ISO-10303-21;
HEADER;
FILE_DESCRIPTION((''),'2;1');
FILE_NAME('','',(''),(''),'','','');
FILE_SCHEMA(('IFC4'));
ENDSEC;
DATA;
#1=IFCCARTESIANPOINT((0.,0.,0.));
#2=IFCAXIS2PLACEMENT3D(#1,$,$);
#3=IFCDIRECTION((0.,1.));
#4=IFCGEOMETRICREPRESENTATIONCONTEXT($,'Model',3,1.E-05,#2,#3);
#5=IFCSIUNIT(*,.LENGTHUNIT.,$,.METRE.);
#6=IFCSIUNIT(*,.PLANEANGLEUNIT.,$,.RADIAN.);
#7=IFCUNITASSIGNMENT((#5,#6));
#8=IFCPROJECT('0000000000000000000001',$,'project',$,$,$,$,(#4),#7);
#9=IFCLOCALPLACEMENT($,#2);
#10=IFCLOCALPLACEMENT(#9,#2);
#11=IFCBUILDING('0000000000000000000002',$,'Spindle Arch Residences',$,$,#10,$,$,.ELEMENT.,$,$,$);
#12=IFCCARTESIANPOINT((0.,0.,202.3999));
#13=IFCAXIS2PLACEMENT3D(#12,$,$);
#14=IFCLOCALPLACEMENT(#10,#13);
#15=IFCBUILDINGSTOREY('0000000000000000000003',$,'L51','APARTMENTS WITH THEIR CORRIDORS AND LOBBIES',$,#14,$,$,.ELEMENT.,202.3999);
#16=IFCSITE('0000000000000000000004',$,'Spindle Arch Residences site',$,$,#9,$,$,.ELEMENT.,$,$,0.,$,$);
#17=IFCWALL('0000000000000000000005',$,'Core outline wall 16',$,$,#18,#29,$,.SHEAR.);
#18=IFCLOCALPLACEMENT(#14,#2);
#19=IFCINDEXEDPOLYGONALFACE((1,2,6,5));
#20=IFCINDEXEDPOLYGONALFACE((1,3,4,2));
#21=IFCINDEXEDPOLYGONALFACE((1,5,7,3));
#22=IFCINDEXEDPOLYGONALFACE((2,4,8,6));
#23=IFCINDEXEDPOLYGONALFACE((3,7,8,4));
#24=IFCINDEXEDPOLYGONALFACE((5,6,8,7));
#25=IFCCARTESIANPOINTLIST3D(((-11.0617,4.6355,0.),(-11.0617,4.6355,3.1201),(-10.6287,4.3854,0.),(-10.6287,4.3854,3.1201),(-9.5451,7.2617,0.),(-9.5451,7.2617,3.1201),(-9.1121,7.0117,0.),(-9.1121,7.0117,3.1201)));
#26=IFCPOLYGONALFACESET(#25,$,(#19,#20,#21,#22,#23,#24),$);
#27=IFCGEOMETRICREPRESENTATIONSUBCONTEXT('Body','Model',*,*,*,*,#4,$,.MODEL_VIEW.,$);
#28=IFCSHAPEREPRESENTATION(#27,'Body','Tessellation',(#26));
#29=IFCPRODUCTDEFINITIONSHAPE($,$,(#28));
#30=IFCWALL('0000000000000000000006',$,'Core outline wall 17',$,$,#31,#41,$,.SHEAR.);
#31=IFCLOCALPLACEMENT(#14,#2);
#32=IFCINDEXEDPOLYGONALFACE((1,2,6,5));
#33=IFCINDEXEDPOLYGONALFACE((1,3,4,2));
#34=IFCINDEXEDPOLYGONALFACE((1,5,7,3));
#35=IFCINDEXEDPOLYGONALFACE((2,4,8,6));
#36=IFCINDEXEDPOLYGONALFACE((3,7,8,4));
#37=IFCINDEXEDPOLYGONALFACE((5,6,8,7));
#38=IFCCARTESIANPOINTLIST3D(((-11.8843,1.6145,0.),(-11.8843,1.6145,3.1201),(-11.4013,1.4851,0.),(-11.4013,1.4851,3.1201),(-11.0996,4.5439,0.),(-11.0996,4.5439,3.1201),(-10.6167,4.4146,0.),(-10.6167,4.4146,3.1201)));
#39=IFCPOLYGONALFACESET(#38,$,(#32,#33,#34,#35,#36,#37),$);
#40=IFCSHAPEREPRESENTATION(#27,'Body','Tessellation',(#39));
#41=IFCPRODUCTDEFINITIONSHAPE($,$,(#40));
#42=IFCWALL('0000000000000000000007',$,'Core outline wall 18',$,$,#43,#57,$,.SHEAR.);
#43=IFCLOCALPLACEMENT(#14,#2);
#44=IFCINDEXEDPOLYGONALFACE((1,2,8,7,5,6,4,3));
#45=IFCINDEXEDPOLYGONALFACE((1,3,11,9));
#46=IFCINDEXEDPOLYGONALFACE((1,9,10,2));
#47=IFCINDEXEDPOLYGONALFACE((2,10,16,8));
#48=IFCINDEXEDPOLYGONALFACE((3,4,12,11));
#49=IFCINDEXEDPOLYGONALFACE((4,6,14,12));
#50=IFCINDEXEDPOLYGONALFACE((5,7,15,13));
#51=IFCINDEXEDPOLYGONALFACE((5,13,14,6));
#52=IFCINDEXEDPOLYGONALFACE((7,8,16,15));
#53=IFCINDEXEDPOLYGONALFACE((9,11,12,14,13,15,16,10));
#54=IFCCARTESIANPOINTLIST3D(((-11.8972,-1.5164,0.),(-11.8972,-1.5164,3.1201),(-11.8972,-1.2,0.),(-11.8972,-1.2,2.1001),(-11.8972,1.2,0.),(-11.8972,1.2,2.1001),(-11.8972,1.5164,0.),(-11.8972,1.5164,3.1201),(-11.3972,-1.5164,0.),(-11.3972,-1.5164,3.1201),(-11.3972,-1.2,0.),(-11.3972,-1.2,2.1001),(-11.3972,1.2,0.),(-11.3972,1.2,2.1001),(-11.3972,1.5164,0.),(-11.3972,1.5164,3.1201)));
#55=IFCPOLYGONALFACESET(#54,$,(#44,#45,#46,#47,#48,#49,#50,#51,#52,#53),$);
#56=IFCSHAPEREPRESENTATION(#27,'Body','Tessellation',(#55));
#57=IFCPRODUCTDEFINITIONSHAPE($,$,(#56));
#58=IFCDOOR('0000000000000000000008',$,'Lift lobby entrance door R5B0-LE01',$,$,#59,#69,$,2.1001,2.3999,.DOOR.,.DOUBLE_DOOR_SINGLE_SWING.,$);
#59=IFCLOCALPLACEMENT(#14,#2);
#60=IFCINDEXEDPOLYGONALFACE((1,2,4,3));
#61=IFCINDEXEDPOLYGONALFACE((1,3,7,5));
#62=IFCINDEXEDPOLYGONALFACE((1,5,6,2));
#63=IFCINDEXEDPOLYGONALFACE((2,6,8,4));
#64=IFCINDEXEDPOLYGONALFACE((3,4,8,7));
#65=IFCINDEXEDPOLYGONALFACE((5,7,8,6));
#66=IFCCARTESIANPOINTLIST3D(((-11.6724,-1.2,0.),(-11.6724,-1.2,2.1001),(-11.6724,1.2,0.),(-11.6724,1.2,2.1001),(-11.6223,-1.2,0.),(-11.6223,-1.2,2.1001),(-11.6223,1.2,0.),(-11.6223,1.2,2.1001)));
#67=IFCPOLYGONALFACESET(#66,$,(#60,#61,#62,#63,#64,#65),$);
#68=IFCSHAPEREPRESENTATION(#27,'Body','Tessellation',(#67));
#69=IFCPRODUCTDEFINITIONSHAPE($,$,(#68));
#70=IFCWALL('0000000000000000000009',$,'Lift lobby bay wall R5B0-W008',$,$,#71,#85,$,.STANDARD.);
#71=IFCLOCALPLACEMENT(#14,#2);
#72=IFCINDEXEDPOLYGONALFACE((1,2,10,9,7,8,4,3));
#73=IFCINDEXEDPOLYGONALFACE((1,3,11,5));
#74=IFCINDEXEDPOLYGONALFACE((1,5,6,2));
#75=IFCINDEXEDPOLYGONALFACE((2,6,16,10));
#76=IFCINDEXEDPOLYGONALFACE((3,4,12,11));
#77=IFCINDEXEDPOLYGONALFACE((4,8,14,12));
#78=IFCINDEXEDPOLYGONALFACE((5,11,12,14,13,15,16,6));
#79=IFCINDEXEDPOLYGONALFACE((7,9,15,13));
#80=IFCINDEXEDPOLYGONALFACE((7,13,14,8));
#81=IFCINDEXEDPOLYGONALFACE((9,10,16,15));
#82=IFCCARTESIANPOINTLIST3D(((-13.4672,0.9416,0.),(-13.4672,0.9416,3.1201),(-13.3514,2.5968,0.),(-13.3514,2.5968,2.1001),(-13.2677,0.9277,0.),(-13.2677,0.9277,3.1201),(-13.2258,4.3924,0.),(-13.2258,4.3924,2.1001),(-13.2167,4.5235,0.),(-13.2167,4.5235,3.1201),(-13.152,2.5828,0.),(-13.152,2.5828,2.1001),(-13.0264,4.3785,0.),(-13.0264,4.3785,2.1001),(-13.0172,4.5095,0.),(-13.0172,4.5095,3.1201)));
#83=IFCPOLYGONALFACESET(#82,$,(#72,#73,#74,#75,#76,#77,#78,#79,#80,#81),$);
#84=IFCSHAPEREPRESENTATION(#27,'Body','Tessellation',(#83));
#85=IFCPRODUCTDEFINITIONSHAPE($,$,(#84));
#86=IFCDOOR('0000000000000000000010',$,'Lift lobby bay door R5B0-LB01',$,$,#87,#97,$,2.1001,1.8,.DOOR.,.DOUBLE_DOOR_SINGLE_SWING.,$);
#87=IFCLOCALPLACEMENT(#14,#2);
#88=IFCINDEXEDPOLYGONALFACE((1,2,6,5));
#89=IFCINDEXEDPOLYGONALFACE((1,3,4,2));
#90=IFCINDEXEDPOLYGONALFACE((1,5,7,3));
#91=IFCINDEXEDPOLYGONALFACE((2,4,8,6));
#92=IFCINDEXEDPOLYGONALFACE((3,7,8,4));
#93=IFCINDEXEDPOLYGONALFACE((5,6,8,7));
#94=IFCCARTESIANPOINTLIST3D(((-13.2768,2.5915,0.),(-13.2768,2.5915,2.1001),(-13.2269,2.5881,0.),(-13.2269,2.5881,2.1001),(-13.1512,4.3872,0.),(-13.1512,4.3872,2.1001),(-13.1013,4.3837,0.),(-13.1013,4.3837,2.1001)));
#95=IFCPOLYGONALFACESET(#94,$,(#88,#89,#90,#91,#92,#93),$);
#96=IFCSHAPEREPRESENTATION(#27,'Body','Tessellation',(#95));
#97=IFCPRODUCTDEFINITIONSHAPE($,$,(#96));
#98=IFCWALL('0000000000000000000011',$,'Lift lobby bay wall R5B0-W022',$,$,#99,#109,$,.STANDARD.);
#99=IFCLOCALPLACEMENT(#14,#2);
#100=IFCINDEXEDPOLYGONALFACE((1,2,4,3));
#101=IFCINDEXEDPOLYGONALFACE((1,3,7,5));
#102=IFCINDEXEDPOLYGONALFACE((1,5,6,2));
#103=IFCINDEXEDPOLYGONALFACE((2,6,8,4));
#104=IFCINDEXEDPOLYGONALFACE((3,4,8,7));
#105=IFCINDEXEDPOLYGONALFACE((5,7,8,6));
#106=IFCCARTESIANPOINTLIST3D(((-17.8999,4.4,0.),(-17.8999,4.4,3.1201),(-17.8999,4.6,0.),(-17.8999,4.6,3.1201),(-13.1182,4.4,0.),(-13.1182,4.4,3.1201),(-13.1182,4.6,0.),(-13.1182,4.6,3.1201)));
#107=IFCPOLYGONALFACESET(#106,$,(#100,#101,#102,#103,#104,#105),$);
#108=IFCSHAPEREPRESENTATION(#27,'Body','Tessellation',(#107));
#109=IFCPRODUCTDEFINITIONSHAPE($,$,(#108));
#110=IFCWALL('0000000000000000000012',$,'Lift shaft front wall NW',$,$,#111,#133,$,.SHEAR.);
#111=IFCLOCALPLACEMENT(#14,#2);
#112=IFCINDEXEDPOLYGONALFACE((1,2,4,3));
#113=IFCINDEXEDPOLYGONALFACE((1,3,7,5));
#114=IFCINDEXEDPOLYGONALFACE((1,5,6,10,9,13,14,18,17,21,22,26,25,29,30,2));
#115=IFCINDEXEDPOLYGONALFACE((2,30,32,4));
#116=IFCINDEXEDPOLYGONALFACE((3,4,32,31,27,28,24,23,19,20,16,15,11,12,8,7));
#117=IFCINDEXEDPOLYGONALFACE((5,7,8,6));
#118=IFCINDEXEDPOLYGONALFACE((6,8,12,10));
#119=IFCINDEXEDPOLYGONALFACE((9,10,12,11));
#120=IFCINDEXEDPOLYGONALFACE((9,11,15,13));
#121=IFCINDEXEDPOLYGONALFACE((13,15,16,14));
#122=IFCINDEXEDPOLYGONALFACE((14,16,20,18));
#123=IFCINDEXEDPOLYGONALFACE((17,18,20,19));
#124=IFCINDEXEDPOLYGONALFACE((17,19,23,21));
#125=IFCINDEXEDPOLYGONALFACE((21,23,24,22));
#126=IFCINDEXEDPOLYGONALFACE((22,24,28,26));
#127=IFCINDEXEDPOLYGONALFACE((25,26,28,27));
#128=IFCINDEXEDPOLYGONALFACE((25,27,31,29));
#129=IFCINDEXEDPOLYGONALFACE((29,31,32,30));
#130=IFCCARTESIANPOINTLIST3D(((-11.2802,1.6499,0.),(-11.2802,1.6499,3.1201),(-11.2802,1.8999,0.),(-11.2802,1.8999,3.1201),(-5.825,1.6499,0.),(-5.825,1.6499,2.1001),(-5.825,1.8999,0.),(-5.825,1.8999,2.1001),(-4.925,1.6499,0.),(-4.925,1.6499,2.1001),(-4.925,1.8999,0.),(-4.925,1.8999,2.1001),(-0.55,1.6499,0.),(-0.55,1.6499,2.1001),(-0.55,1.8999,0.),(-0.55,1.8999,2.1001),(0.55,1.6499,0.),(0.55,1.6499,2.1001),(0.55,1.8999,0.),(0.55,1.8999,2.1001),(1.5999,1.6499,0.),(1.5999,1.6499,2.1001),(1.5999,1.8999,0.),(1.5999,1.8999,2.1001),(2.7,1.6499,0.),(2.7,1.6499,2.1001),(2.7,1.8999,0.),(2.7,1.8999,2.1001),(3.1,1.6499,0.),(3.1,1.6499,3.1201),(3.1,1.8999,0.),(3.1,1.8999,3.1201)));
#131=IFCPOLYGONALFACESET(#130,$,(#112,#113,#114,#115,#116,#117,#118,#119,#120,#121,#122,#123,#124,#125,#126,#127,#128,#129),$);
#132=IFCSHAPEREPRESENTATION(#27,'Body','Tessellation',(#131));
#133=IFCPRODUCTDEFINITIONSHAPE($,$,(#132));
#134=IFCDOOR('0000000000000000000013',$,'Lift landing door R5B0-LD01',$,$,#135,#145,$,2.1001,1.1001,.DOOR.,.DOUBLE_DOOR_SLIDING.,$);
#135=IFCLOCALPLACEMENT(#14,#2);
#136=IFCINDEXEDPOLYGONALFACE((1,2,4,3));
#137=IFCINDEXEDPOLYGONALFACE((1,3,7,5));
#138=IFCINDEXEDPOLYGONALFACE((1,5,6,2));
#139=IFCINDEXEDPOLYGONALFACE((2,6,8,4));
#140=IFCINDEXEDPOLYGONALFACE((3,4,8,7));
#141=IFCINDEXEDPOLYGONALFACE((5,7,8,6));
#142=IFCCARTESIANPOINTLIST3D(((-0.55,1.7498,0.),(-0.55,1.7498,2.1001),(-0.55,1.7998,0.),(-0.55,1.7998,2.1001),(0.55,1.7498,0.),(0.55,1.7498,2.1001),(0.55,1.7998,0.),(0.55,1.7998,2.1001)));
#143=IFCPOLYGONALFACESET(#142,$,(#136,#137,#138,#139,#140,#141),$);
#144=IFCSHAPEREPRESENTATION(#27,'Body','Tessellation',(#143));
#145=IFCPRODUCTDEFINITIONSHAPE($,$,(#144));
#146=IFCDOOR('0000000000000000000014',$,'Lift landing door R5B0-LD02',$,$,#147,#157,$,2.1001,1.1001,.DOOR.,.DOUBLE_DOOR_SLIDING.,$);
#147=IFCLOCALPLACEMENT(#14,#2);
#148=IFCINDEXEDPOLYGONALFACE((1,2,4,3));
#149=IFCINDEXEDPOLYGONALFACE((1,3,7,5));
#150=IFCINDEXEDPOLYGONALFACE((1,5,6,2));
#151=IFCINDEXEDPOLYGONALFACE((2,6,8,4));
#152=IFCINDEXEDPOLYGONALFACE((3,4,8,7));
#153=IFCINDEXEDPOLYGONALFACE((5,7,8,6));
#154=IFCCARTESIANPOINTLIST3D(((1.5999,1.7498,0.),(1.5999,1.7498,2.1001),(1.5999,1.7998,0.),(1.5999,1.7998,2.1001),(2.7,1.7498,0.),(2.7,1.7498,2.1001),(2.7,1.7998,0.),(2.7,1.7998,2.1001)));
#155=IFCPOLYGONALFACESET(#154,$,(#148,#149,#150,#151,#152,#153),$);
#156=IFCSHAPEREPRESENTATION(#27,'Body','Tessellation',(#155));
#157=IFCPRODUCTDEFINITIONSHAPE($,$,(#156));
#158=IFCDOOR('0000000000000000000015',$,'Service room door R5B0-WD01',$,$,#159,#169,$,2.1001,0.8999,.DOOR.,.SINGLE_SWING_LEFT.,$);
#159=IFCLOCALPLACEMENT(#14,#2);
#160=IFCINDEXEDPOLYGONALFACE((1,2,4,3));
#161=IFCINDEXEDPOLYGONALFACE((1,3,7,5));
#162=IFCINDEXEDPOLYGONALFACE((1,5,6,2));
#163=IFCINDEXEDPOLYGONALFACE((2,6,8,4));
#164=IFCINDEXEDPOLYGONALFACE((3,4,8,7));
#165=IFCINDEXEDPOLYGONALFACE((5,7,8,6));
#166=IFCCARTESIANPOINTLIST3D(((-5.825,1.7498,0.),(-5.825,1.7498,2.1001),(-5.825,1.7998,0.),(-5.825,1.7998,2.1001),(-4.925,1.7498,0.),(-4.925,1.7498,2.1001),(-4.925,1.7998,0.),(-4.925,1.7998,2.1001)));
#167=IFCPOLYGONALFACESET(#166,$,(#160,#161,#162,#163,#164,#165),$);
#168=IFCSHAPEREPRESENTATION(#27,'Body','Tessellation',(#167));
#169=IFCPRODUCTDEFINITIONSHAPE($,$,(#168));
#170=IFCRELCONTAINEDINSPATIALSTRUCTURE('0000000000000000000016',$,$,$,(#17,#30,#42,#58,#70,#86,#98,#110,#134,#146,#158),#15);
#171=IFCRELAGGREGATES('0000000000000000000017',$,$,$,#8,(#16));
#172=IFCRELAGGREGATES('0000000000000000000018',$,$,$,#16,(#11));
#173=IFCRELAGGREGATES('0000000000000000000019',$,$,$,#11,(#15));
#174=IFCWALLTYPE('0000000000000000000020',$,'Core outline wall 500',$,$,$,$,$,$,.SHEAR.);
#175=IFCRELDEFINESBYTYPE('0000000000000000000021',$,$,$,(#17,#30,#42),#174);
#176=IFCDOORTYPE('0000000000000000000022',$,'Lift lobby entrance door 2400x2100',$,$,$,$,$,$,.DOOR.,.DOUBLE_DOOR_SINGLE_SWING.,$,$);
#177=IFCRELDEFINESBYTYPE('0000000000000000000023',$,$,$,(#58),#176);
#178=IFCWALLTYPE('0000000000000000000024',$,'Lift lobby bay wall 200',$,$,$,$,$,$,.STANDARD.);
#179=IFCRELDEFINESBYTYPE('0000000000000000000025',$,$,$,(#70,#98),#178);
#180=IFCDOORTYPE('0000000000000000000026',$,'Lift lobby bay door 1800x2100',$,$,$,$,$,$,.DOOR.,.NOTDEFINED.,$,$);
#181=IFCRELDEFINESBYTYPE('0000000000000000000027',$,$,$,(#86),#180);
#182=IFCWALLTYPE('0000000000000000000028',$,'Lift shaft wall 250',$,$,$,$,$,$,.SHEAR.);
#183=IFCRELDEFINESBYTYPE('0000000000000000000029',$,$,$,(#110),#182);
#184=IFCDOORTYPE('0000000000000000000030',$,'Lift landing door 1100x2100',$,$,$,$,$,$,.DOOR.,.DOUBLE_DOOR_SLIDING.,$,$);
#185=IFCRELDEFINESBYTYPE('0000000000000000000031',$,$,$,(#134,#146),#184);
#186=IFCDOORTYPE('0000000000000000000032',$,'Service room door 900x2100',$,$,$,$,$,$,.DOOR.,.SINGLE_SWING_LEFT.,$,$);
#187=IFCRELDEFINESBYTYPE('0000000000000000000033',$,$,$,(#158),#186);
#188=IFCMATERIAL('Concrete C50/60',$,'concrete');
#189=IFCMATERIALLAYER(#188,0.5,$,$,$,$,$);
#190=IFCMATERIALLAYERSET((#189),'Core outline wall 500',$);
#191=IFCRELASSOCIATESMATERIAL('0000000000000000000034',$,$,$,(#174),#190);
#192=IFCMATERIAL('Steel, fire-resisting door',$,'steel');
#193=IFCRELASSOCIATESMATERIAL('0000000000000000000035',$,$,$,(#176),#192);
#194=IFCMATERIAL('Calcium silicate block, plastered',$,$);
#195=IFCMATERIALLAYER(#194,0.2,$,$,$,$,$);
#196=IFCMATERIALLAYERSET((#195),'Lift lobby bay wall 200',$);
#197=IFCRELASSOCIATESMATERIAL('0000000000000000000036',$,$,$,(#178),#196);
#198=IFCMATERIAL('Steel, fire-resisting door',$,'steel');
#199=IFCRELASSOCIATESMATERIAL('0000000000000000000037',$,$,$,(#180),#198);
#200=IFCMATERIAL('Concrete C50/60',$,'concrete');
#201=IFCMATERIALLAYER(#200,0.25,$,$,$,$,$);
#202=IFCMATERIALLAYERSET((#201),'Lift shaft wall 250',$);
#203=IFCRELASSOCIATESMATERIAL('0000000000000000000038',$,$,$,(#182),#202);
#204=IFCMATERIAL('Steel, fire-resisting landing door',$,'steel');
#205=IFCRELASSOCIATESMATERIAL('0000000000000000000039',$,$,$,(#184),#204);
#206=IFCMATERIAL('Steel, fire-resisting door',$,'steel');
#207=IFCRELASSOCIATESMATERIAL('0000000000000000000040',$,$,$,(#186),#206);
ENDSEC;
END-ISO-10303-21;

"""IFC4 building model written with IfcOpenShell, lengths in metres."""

from ifc_helpers import new_model, si_unit, direction, frame, frame_2d, origin, place, context, subcontext, project, spatial, rectangle, extrude, material, layer, layer_set, type_object, element, fill, save


model = new_model("IFC4")

# Units and contexts
model_context = context("Model", 3, precision=1e-05, world=origin(), true_north=direction((0.0, 1.0)))
body_context = subcontext(model_context, "Body", "Model", "MODEL_VIEW")
ifc_project = project(units=[si_unit("LENGTHUNIT", "METRE"), si_unit("PLANEANGLEUNIT", "RADIAN")], contexts=[model_context])

# Site, building, storey
site_placement = place(None, origin())
site = spatial("IfcSite", under=ifc_project, at=site_placement, Name="Spindle Arch Residences site", CompositionType="ELEMENT", RefElevation=0.0)
building_placement = place(site_placement, origin())
building = spatial("IfcBuilding", under=site, at=building_placement, Name="Spindle Arch Residences", CompositionType="ELEMENT")
storey_placement = place(building_placement, frame((0.0, 0.0, 202.3999)))
storey = spatial("IfcBuildingStorey", under=building, at=storey_placement, Name="L51", Description="APARTMENTS WITH THEIR CORRIDORS AND LOBBIES", CompositionType="ELEMENT", Elevation=202.3999)

# Walls
ifc_material_1 = material(Name="Concrete C50/60", Category="concrete")
ifc_layer_1 = layer(ifc_material_1, 0.5)
ifc_layer_set_1 = layer_set([ifc_layer_1], Name="Core outline wall 500")
wall_type_1 = type_object("IfcWallType", Name="Core outline wall 500", PredefinedType="SHEAR", material=ifc_layer_set_1)
for number, where, z_axis, x_axis, name in (
    (1, (-9.3286, 7.1367, 0.0), (0.0, 0.0, 1.0), (-0.500087, -0.865975, 0.0), "Core outline wall 16"),
    (2, (-10.8582, 4.4792, 0.0), (0.0, 0.0, 1.0), (-0.258735, -0.965948, 0.0), "Core outline wall 17"),
):
    element("IfcWall", number, at=place(storey_placement, frame(where, z_axis=z_axis, x_axis=x_axis)), inside=storey, type_object=wall_type_1, Name=name, PredefinedType="SHEAR", context=body_context, shape_type="SweptSolid", body=[
        extrude(rectangle(XDim=3.0327, YDim=0.5, at=frame_2d((1.5164, 0.0))), origin(), (0.0, 0.0, 1.0), 3.1201),
    ])

# Walls, openings, doors
wall_1_placement = place(storey_placement, frame((-11.6472, 1.5164, 0.0), z_axis=(0.0, 0.0, 1.0), x_axis=(0.0, -1.0, 0.0)))
wall_1 = element("IfcWall", 3, at=wall_1_placement, inside=storey, type_object=wall_type_1, Name="Core outline wall 18", PredefinedType="SHEAR", context=body_context, shape_type="SweptSolid", body=[
    extrude(rectangle(XDim=3.0327, YDim=0.5, at=frame_2d((1.5164, 0.0))), origin(), (0.0, 0.0, 1.0), 3.1201),
])
opening_1_placement = place(wall_1_placement, frame((0.3164, 0.0, 0.0)))
opening_1 = element("IfcOpeningElement", 4, at=opening_1_placement, cuts=wall_1, PredefinedType="OPENING", context=body_context, shape_type="SweptSolid", body=[
    extrude(rectangle(XDim=2.3999, YDim=2.1001, at=frame_2d((1.2, 1.05))), frame((0.0, 0.26, 0.0), z_axis=(0.0, -1.0, 0.0), x_axis=(1.0, 0.0, 0.0)), (0.0, 0.0, 1.0), 0.52),
])
ifc_material_2 = material(Name="Steel, fire-resisting door", Category="steel")
door_type_1 = type_object("IfcDoorType", Name="Lift lobby entrance door 2400x2100", OperationType="DOUBLE_DOOR_SINGLE_SWING", PredefinedType="DOOR", material=ifc_material_2)
door_1_placement = place(opening_1_placement, origin())
door_1 = element("IfcDoor", 5, at=door_1_placement, inside=storey, type_object=door_type_1, Name="Lift lobby entrance door R5B0-LE01", OperationType="DOUBLE_DOOR_SINGLE_SWING", OverallHeight=2.1001, OverallWidth=2.3999, PredefinedType="DOOR", context=body_context, shape_type="SweptSolid", body=[
    extrude(rectangle(XDim=2.3999, YDim=2.1001, at=frame_2d((1.2, 1.05))), frame((0.0, 0.0249, 0.0), z_axis=(0.0, -1.0, 0.0), x_axis=(1.0, 0.0, 0.0)), (0.0, 0.0, 1.0), 0.05),
])
fill(opening_1, door_1)
ifc_material_3 = material(Name="Calcium silicate block, plastered")
ifc_layer_2 = layer(ifc_material_3, 0.2)
ifc_layer_set_2 = layer_set([ifc_layer_2], Name="Lift lobby bay wall 200")
wall_type_2 = type_object("IfcWallType", Name="Lift lobby bay wall 200", PredefinedType="STANDARD", material=ifc_layer_set_2)
wall_2_placement = place(storey_placement, frame((-13.1169, 4.5166, 0.0), z_axis=(0.0, 0.0, 1.0), x_axis=(-0.069763, -0.997564, 0.0)))
wall_2 = element("IfcWall", 6, at=wall_2_placement, inside=storey, type_object=wall_type_2, Name="Lift lobby bay wall R5B0-W008", PredefinedType="STANDARD", context=body_context, shape_type="SweptSolid", body=[
    extrude(rectangle(XDim=3.5906, YDim=0.2, at=frame_2d((1.7954, 0.0))), origin(), (0.0, 0.0, 1.0), 3.1201),
])
opening_2_placement = place(wall_2_placement, frame((0.1316, 0.0, 0.0)))
opening_2 = element("IfcOpeningElement", 7, at=opening_2_placement, cuts=wall_2, PredefinedType="OPENING", context=body_context, shape_type="SweptSolid", body=[
    extrude(rectangle(XDim=1.8, YDim=2.1001, at=frame_2d((0.8999, 1.05))), frame((0.0, 0.1099, 0.0), z_axis=(0.0, -1.0, 0.0), x_axis=(1.0, 0.0, 0.0)), (0.0, 0.0, 1.0), 0.22),
])
ifc_material_4 = material(Name="Steel, fire-resisting door", Category="steel")
door_type_2 = type_object("IfcDoorType", Name="Lift lobby bay door 1800x2100", OperationType="NOTDEFINED", PredefinedType="DOOR", material=ifc_material_4)
door_2_placement = place(opening_2_placement, origin())
door_2 = element("IfcDoor", 8, at=door_2_placement, inside=storey, type_object=door_type_2, Name="Lift lobby bay door R5B0-LB01", OperationType="DOUBLE_DOOR_SINGLE_SWING", OverallHeight=2.1001, OverallWidth=1.8, PredefinedType="DOOR", context=body_context, shape_type="SweptSolid", body=[
    extrude(rectangle(XDim=1.8, YDim=2.1001, at=frame_2d((0.8999, 1.05))), frame((0.0, 0.0249, 0.0), z_axis=(0.0, -1.0, 0.0), x_axis=(1.0, 0.0, 0.0)), (0.0, 0.0, 1.0), 0.05),
])
fill(opening_2, door_2)

# Wall
wall_3_placement = place(storey_placement, frame((-13.1182, 4.5, 0.0), z_axis=(0.0, 0.0, 1.0), x_axis=(-1.0, 0.0, 0.0)))
element("IfcWall", 9, at=wall_3_placement, inside=storey, type_object=wall_type_2, Name="Lift lobby bay wall R5B0-W022", PredefinedType="STANDARD", context=body_context, shape_type="SweptSolid", body=[
    extrude(rectangle(XDim=4.7817, YDim=0.2, at=frame_2d((2.3909, 0.0))), origin(), (0.0, 0.0, 1.0), 3.1201),
])

# Wall, openings, doors
ifc_material_5 = material(Name="Concrete C50/60", Category="concrete")
ifc_layer_3 = layer(ifc_material_5, 0.25)
ifc_layer_set_3 = layer_set([ifc_layer_3], Name="Lift shaft wall 250")
wall_type_3 = type_object("IfcWallType", Name="Lift shaft wall 250", PredefinedType="SHEAR", material=ifc_layer_set_3)
wall_4_placement = place(storey_placement, frame((-11.28, 1.7749, 0.0), z_axis=(0.0, 0.0, 1.0), x_axis=(1.0, 0.0, 0.0)))
wall_4 = element("IfcWall", 10, at=wall_4_placement, inside=storey, type_object=wall_type_3, Name="Lift shaft front wall NW", PredefinedType="SHEAR", context=body_context, shape_type="SweptSolid", body=[
    extrude(rectangle(XDim=14.3801, YDim=0.25, at=frame_2d((7.1899, 0.0))), origin(), (0.0, 0.0, 1.0), 3.1201),
])
opening_3_placement = place(wall_4_placement, frame((10.73, 0.0, 0.0)))
opening_3 = element("IfcOpeningElement", 11, at=opening_3_placement, cuts=wall_4, PredefinedType="OPENING", context=body_context, shape_type="SweptSolid", body=[
    extrude(rectangle(XDim=1.1001, YDim=2.1001, at=frame_2d((0.55, 1.05))), frame((0.0, 0.135, 0.0), z_axis=(0.0, -1.0, 0.0), x_axis=(1.0, 0.0, 0.0)), (0.0, 0.0, 1.0), 0.27),
])
opening_4_placement = place(wall_4_placement, frame((12.8799, 0.0, 0.0)))
opening_4 = element("IfcOpeningElement", 12, at=opening_4_placement, cuts=wall_4, PredefinedType="OPENING", context=body_context, shape_type="SweptSolid", body=[
    extrude(rectangle(XDim=1.1001, YDim=2.1001, at=frame_2d((0.55, 1.05))), frame((0.0, 0.135, 0.0), z_axis=(0.0, -1.0, 0.0), x_axis=(1.0, 0.0, 0.0)), (0.0, 0.0, 1.0), 0.27),
])
opening_5_placement = place(wall_4_placement, frame((5.4551, 0.0, 0.0)))
opening_5 = element("IfcOpeningElement", 13, at=opening_5_placement, cuts=wall_4, PredefinedType="OPENING", context=body_context, shape_type="SweptSolid", body=[
    extrude(rectangle(XDim=0.8999, YDim=2.1001, at=frame_2d((0.45, 1.05))), frame((0.0, 0.135, 0.0), z_axis=(0.0, -1.0, 0.0), x_axis=(1.0, 0.0, 0.0)), (0.0, 0.0, 1.0), 0.27),
])
ifc_material_6 = material(Name="Steel, fire-resisting landing door", Category="steel")
door_type_3 = type_object("IfcDoorType", Name="Lift landing door 1100x2100", OperationType="DOUBLE_DOOR_SLIDING", PredefinedType="DOOR", material=ifc_material_6)
door_3_placement = place(opening_3_placement, origin())
door_3 = element("IfcDoor", 14, at=door_3_placement, inside=storey, type_object=door_type_3, Name="Lift landing door R5B0-LD01", OperationType="DOUBLE_DOOR_SLIDING", OverallHeight=2.1001, OverallWidth=1.1001, PredefinedType="DOOR", context=body_context, shape_type="SweptSolid", body=[
    extrude(rectangle(XDim=1.1001, YDim=2.1001, at=frame_2d((0.55, 1.05))), frame((0.0, 0.0249, 0.0), z_axis=(0.0, -1.0, 0.0), x_axis=(1.0, 0.0, 0.0)), (0.0, 0.0, 1.0), 0.05),
])
fill(opening_3, door_3)
door_4_placement = place(opening_4_placement, origin())
door_4 = element("IfcDoor", 15, at=door_4_placement, inside=storey, type_object=door_type_3, Name="Lift landing door R5B0-LD02", OperationType="DOUBLE_DOOR_SLIDING", OverallHeight=2.1001, OverallWidth=1.1001, PredefinedType="DOOR", context=body_context, shape_type="SweptSolid", body=[
    extrude(rectangle(XDim=1.1001, YDim=2.1001, at=frame_2d((0.55, 1.05))), frame((0.0, 0.0249, 0.0), z_axis=(0.0, -1.0, 0.0), x_axis=(1.0, 0.0, 0.0)), (0.0, 0.0, 1.0), 0.05),
])
fill(opening_4, door_4)
ifc_material_7 = material(Name="Steel, fire-resisting door", Category="steel")
door_type_4 = type_object("IfcDoorType", Name="Service room door 900x2100", OperationType="SINGLE_SWING_LEFT", PredefinedType="DOOR", material=ifc_material_7)
door_5_placement = place(opening_5_placement, origin())
door_5 = element("IfcDoor", 16, at=door_5_placement, inside=storey, type_object=door_type_4, Name="Service room door R5B0-WD01", OperationType="SINGLE_SWING_LEFT", OverallHeight=2.1001, OverallWidth=0.8999, PredefinedType="DOOR", context=body_context, shape_type="SweptSolid", body=[
    extrude(rectangle(XDim=0.8999, YDim=2.1001, at=frame_2d((0.45, 1.05))), frame((0.0, 0.0249, 0.0), z_axis=(0.0, -1.0, 0.0), x_axis=(1.0, 0.0, 0.0)), (0.0, 0.0, 1.0), 0.05),
])
fill(opening_5, door_5)

save(model, "model.ifc")
